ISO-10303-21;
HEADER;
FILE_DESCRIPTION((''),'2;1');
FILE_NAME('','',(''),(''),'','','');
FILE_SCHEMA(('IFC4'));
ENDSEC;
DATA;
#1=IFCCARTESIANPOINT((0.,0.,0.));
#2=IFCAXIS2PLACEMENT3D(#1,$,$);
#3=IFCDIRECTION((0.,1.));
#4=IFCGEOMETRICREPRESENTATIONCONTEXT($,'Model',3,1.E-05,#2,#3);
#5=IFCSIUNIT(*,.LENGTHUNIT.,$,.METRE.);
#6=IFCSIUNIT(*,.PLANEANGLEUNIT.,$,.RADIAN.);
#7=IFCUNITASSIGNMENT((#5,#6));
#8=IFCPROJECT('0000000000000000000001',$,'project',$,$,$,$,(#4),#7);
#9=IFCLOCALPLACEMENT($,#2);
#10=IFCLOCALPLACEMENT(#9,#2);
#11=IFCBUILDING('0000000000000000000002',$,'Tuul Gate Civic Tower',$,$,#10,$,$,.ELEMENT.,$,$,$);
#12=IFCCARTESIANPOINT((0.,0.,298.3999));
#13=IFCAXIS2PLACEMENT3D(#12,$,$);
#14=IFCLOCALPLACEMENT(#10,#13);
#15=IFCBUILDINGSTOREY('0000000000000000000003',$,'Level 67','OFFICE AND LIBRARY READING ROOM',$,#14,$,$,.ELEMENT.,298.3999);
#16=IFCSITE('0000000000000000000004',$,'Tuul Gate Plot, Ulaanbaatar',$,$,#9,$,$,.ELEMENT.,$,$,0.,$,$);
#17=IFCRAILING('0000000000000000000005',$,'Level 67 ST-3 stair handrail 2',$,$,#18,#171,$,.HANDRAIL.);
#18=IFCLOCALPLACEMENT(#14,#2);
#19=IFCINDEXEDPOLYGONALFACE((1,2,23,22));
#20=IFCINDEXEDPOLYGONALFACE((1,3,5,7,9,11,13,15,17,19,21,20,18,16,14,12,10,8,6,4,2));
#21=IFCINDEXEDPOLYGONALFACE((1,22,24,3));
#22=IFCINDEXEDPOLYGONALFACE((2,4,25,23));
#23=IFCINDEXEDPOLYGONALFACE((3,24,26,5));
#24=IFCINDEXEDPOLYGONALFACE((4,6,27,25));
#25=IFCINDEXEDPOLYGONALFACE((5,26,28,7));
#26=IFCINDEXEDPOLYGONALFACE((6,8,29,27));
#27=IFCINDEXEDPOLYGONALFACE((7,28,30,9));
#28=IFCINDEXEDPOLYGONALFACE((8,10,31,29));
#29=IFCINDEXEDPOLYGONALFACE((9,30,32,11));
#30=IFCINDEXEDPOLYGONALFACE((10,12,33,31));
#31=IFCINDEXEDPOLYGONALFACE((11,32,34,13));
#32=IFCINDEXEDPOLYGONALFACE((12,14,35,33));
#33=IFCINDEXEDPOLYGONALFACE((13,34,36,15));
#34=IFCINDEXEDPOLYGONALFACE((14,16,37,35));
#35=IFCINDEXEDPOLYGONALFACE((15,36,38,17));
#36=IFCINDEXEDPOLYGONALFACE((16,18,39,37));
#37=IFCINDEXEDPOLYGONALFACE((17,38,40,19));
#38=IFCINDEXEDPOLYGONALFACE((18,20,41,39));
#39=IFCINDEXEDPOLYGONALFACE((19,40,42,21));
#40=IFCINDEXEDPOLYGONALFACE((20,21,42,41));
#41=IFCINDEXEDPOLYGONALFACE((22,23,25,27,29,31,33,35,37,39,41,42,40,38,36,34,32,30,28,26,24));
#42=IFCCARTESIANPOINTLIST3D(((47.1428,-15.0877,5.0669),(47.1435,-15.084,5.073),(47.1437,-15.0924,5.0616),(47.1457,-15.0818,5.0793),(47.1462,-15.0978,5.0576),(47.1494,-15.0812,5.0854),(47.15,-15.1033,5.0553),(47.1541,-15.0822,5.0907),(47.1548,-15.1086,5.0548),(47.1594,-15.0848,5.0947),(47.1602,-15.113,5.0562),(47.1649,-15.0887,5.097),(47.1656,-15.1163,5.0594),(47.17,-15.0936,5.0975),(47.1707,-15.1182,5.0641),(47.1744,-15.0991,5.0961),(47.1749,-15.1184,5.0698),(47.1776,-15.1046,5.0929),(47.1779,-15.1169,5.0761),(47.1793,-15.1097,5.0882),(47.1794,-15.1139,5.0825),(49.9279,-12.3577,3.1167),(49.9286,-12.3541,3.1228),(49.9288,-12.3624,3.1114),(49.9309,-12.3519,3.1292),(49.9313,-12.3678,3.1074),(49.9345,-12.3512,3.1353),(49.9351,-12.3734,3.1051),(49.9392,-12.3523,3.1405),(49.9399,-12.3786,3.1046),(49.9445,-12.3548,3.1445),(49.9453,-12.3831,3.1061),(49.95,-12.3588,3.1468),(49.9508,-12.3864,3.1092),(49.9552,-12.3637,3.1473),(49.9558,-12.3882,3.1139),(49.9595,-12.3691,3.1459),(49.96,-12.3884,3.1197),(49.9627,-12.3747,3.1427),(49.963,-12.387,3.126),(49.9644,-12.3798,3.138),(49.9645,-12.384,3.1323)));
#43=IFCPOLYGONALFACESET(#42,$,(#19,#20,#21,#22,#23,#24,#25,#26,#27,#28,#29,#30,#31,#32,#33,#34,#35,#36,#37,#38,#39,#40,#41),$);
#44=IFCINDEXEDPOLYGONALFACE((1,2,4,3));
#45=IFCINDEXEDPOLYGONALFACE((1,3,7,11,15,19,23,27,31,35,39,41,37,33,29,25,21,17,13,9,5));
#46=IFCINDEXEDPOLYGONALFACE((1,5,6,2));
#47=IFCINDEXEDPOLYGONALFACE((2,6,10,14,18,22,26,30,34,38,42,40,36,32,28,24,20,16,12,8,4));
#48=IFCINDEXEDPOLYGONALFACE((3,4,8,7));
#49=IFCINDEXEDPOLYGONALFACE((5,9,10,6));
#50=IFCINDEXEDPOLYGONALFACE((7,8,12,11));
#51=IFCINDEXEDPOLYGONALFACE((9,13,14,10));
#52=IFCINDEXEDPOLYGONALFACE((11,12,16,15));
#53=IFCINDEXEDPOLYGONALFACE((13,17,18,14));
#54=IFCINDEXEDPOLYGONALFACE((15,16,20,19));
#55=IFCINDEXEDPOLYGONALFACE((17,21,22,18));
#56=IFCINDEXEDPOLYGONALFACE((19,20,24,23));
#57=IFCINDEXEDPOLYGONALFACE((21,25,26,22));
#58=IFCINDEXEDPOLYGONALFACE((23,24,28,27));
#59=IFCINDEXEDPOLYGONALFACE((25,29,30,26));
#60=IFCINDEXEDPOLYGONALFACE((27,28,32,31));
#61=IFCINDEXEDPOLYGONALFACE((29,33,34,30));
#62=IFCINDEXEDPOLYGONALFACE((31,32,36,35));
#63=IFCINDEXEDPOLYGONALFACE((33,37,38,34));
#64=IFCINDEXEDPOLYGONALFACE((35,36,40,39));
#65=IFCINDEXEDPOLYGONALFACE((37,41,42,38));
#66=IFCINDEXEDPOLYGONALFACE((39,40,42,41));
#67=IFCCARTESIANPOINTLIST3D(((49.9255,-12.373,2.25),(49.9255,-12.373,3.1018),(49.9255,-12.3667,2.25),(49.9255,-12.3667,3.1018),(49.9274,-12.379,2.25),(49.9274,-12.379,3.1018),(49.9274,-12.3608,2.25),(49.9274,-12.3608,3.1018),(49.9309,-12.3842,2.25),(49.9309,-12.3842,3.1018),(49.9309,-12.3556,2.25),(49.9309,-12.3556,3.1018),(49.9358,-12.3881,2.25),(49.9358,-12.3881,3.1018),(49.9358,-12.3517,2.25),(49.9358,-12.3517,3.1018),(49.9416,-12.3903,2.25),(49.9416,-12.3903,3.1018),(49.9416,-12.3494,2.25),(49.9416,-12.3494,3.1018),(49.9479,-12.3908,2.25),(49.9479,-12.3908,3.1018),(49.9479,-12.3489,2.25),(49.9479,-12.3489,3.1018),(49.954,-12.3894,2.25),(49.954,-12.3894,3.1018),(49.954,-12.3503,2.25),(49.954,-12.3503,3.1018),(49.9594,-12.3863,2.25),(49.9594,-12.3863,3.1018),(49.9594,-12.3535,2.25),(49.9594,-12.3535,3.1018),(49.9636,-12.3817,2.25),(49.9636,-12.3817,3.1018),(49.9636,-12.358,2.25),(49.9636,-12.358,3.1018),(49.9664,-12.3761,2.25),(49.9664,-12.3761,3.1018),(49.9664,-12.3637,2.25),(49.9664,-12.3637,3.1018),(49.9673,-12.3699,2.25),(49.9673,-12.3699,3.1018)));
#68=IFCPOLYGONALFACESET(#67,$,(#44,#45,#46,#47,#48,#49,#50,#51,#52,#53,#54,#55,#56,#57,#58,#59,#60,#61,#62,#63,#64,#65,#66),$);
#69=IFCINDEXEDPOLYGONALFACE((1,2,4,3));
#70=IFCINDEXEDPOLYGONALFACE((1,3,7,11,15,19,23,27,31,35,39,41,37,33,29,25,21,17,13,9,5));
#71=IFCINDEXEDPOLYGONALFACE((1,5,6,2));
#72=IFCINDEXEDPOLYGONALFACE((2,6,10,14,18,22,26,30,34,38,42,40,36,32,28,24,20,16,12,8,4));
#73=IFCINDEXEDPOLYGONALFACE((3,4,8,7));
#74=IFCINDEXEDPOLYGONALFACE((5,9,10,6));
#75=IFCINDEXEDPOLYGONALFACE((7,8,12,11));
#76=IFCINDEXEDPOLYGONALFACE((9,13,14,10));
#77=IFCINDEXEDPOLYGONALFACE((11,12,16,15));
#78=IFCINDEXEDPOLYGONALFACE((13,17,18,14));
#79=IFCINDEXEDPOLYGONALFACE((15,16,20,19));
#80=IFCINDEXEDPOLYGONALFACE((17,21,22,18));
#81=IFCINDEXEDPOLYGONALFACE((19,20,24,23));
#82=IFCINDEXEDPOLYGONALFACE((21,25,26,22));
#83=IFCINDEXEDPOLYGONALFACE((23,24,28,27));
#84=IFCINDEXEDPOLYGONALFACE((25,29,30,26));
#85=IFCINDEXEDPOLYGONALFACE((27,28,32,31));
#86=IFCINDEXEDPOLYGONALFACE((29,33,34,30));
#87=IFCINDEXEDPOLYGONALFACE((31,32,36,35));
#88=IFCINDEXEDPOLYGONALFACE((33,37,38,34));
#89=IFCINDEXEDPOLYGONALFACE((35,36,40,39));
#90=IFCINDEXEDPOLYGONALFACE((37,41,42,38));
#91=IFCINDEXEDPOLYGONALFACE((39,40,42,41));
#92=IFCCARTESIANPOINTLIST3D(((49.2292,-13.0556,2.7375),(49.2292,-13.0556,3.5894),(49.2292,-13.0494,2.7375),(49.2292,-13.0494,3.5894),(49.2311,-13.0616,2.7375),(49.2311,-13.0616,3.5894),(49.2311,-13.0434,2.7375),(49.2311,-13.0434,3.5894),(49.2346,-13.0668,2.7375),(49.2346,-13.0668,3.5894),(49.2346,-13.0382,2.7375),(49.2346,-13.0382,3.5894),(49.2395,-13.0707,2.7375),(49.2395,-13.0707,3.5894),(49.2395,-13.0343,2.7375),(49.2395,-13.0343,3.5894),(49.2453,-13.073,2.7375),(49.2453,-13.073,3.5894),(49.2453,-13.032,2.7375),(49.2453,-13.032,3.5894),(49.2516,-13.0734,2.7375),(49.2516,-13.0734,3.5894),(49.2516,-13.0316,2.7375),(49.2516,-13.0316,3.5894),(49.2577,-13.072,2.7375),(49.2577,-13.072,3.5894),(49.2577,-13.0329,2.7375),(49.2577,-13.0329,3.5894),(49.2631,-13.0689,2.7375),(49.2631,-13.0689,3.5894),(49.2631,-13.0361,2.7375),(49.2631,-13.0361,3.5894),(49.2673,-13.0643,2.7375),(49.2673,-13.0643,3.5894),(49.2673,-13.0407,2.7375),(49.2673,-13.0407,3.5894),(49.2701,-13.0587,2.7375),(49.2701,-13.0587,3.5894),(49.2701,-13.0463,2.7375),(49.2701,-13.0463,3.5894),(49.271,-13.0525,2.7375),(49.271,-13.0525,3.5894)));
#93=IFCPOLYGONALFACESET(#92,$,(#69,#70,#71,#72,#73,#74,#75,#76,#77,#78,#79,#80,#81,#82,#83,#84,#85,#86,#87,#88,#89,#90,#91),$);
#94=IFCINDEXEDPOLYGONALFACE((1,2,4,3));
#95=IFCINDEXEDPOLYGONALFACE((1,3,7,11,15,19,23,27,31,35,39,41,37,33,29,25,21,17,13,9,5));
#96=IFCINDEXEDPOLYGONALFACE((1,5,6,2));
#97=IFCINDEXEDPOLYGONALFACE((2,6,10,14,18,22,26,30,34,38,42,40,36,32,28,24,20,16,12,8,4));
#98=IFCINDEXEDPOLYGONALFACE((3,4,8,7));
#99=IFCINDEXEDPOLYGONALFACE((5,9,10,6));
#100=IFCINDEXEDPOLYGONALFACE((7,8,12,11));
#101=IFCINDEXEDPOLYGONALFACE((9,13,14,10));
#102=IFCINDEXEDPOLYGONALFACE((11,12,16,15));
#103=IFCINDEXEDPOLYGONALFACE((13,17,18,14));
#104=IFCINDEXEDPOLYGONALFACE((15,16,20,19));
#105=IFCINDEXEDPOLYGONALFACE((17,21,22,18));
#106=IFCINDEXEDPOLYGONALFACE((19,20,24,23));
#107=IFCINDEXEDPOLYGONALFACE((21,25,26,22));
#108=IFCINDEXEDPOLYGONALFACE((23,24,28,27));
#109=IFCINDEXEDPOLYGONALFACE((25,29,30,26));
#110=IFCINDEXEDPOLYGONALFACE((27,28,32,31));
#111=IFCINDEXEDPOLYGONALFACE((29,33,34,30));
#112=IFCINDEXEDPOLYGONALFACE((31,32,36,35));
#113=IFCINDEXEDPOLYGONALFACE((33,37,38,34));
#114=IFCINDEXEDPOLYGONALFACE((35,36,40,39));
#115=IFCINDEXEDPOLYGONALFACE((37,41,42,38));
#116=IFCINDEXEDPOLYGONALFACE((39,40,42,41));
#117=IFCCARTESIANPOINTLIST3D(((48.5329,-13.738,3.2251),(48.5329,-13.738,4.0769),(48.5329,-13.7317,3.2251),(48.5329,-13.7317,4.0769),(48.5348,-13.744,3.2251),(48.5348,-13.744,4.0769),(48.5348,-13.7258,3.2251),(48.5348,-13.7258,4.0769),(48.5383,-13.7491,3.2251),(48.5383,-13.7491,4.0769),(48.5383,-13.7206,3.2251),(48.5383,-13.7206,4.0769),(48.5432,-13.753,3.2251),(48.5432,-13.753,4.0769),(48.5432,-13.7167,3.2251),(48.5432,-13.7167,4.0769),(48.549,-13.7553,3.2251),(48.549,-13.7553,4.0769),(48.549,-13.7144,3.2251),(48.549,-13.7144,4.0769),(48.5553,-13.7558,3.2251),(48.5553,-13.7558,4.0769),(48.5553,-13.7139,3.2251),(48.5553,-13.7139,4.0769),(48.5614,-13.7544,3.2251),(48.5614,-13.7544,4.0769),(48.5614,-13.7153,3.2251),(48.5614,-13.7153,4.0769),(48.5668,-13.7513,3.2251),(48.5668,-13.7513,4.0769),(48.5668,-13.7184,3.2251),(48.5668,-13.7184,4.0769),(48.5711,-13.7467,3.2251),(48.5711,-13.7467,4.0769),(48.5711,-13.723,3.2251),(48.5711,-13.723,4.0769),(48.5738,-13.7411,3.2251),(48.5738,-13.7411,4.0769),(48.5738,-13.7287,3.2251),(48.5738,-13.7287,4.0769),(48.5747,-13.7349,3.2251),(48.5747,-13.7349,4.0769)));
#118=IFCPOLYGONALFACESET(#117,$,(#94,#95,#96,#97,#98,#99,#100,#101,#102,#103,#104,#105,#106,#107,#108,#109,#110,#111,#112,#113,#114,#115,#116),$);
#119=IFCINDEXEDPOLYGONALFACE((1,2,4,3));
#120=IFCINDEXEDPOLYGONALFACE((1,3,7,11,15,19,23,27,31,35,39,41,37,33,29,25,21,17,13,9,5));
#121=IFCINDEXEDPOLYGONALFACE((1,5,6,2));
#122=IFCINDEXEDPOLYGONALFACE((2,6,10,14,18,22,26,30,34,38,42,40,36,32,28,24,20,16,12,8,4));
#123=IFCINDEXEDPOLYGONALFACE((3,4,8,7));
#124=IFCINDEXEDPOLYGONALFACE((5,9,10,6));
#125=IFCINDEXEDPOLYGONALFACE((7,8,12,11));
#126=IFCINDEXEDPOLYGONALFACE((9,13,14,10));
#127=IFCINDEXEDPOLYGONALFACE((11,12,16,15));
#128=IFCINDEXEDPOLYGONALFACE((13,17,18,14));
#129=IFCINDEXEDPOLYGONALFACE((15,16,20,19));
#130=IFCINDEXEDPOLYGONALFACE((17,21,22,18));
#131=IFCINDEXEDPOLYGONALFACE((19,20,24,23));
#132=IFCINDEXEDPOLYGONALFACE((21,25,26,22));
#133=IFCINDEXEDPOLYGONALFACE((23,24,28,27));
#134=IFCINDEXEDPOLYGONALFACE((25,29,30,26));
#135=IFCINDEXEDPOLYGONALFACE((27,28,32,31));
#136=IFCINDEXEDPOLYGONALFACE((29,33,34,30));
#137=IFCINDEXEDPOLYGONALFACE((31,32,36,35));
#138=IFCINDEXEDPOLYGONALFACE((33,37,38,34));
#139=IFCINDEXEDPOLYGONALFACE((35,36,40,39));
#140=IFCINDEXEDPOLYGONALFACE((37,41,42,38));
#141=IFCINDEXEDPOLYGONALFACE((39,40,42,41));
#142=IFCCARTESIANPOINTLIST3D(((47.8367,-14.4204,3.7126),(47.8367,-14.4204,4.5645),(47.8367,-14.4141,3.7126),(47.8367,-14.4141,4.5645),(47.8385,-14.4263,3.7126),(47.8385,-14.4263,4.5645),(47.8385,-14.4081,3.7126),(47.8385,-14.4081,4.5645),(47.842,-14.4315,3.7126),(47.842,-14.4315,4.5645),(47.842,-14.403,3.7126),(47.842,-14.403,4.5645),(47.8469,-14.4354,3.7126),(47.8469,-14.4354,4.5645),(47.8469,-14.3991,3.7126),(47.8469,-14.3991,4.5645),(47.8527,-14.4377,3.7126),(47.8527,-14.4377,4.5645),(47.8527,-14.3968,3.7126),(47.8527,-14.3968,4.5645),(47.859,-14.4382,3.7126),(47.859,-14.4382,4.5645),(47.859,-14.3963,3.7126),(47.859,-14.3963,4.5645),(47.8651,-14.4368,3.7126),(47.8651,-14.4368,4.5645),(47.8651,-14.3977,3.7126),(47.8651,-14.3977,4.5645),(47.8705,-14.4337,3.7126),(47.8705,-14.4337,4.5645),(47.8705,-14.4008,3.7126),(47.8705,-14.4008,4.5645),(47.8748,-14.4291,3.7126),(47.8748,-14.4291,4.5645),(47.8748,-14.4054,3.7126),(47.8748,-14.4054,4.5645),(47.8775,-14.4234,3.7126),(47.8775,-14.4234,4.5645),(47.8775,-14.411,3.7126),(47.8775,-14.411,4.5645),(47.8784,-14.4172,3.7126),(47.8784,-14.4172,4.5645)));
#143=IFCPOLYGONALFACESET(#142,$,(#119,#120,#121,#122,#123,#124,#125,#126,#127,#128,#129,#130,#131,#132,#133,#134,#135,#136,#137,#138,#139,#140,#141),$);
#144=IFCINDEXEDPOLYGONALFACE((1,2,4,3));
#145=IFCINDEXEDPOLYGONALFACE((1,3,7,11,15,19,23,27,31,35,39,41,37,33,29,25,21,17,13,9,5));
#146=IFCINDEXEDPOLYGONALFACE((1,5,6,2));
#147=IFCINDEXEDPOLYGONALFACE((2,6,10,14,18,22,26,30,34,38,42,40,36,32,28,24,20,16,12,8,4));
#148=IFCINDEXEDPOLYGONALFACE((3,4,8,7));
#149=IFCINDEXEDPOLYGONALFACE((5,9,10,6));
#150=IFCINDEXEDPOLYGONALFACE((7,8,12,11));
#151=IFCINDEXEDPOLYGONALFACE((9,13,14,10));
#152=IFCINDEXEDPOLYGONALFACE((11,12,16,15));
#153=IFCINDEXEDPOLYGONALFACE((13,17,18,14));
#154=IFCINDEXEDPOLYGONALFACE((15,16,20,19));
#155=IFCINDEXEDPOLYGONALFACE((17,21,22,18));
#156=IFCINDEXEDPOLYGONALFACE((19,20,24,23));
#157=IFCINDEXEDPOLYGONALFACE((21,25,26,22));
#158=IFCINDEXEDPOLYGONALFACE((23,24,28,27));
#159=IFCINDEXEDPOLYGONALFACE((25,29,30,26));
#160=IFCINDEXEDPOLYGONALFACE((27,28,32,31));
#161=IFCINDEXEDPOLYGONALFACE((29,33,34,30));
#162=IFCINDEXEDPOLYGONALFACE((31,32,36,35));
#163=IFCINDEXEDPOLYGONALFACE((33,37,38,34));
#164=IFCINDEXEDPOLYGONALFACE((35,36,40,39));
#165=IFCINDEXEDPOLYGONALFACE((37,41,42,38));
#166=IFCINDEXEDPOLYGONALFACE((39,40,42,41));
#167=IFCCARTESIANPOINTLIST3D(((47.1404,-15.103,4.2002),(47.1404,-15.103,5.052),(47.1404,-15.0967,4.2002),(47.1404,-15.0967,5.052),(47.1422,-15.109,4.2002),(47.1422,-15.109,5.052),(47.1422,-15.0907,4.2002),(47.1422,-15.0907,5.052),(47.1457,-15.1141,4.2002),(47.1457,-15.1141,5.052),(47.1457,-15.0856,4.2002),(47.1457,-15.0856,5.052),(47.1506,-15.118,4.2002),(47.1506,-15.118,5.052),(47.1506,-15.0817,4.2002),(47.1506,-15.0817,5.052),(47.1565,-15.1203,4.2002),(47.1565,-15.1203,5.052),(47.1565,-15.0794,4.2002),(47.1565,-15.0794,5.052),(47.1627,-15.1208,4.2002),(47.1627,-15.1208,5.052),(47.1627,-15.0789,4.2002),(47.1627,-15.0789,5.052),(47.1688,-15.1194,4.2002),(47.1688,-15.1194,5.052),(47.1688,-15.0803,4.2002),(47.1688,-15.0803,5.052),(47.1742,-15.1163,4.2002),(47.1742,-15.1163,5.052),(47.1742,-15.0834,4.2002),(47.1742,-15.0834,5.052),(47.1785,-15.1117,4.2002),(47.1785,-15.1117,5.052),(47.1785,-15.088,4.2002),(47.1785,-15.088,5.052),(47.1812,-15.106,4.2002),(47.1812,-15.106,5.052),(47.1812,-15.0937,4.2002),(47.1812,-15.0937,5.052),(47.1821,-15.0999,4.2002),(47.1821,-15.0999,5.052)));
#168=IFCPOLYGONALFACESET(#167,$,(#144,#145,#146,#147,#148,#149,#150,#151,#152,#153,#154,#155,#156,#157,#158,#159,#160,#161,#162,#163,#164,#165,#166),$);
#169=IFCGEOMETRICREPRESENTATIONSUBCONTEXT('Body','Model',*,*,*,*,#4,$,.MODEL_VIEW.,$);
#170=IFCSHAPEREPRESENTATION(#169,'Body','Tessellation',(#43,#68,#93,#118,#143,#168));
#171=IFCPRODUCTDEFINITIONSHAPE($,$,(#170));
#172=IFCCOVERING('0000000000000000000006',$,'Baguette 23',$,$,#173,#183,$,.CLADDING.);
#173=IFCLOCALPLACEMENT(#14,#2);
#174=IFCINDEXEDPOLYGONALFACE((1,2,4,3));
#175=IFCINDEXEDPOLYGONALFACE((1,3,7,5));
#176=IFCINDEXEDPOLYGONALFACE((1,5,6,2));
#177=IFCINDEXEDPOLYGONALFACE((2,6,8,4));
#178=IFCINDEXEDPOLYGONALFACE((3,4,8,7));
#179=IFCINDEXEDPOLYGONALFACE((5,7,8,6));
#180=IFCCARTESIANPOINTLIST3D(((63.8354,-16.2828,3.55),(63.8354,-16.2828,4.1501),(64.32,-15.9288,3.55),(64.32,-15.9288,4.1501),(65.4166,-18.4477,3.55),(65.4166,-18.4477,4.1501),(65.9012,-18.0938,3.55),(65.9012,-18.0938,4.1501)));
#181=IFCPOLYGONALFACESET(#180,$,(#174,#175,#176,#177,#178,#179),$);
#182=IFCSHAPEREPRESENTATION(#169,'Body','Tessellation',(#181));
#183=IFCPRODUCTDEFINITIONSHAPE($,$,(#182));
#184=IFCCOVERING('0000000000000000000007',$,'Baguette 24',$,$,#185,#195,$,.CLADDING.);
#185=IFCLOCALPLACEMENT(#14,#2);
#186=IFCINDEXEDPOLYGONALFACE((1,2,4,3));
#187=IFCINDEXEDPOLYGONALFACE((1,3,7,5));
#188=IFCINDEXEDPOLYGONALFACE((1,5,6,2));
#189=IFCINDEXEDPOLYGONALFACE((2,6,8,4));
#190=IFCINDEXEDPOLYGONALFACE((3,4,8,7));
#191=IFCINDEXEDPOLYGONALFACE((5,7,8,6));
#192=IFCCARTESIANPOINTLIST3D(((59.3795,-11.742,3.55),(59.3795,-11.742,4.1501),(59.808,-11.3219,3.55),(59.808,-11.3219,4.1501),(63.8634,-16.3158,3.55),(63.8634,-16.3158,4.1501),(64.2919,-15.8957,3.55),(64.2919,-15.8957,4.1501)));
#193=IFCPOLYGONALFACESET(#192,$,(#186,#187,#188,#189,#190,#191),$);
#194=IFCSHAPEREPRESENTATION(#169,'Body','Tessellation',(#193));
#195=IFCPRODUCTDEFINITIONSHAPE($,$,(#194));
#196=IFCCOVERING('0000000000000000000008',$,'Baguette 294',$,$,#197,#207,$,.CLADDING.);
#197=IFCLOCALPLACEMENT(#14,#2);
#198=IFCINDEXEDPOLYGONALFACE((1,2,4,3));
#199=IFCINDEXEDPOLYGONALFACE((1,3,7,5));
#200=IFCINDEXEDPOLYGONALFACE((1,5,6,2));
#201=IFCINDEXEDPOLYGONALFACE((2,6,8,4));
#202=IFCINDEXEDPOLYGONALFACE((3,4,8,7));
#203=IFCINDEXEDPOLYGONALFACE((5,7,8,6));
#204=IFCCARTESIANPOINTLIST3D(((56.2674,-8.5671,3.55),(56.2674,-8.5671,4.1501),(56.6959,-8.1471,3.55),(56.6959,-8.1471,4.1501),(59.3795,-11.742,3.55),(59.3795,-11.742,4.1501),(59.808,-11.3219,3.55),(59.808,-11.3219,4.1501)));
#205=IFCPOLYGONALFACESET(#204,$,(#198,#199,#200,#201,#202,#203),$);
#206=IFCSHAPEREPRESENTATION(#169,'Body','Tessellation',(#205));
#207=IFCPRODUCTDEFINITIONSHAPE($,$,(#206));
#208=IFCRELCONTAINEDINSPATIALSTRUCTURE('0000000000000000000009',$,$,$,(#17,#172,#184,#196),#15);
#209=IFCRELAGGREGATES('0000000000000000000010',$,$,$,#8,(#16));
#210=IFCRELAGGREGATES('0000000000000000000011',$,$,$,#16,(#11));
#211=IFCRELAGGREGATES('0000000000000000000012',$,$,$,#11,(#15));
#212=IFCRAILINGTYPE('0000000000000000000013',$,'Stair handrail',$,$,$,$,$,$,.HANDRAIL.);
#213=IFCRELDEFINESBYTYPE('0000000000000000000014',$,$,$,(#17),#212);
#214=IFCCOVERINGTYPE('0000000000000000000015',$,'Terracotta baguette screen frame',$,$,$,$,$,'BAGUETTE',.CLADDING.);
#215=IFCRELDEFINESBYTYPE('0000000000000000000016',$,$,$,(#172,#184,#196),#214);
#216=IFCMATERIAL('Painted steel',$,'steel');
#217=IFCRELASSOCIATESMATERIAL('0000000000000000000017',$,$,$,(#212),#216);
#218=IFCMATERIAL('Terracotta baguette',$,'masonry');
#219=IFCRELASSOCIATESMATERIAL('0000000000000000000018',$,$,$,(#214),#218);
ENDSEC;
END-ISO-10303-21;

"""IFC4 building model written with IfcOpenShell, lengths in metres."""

from ifc_helpers import new_model, si_unit, direction, frame, origin, origin_2d, place, context, subcontext, project, spatial, rectangle, circle, extrude, material, material_profile, profile_set, type_object, element, save


model = new_model("IFC4")

# Units and contexts
model_context = context("Model", 3, precision=1e-05, world=origin(), true_north=direction((0.0, 1.0)))
body_context = subcontext(model_context, "Body", "Model", "MODEL_VIEW")
ifc_project = project(units=[si_unit("LENGTHUNIT", "METRE"), si_unit("PLANEANGLEUNIT", "RADIAN")], contexts=[model_context])

# Site, building, storey
site_placement = place(None, origin())
site = spatial("IfcSite", under=ifc_project, at=site_placement, Name="Tuul Gate Plot, Ulaanbaatar", CompositionType="ELEMENT", RefElevation=0.0)
building_placement = place(site_placement, origin())
building = spatial("IfcBuilding", under=site, at=building_placement, Name="Tuul Gate Civic Tower", CompositionType="ELEMENT")
storey_placement = place(building_placement, frame((0.0, 0.0, 298.3999)))
storey = spatial("IfcBuildingStorey", under=building, at=storey_placement, Name="Level 67", Description="OFFICE AND LIBRARY READING ROOM", CompositionType="ELEMENT", Elevation=298.3999)

# Railing
ifc_material_1 = material(Name="Painted steel", Category="steel")
railing_type = type_object("IfcRailingType", Name="Stair handrail", PredefinedType="HANDRAIL", material=ifc_material_1)
railing_1_placement = place(storey_placement, frame((49.9463, -12.3699, 2.25)))
element("IfcRailing", 1, at=railing_1_placement, inside=storey, type_object=railing_type, Name="Level 67 ST-3 stair handrail 2", PredefinedType="HANDRAIL", context=body_context, shape_type="SweptSolid", body=[
    extrude(circle(Radius=0.0239, at=origin_2d()), frame((0.0, 0.0, 0.876), z_axis=(-0.638738, -0.626084, 0.447251), x_axis=(0.699998, -0.714145, 0.0)), (0.0, 0.0, 1.0), 4.3604),
    extrude(circle(Radius=0.021, at=origin_2d()), origin(), (0.0, 0.0, 1.0), 0.8518),
    extrude(circle(Radius=0.021, at=origin_2d()), frame((-0.6963, -0.6826, 0.4875)), (0.0, 0.0, 1.0), 0.8518),
    extrude(circle(Radius=0.021, at=origin_2d()), frame((-1.3926, -1.365, 0.9751)), (0.0, 0.0, 1.0), 0.8518),
    extrude(circle(Radius=0.021, at=origin_2d()), frame((-2.0889, -2.0474, 1.4626)), (0.0, 0.0, 1.0), 0.8518),
    extrude(circle(Radius=0.021, at=origin_2d()), frame((-2.7852, -2.73, 1.9502)), (0.0, 0.0, 1.0), 0.8518),
])

# Coverings
ifc_material_2 = material(Name="Terracotta baguette", Category="masonry")
ifc_material_profile_1 = material_profile(ifc_material_2, rectangle(XDim=0.6001, YDim=0.6001, at=origin_2d()), Name="Terracotta baguette screen frame")
ifc_profile_set_1 = profile_set([ifc_material_profile_1], Name="Terracotta baguette")
covering_type = type_object("IfcCoveringType", Name="Terracotta baguette screen frame", ElementType="BAGUETTE", PredefinedType="CLADDING", material=ifc_profile_set_1)
covering_1_placement = place(storey_placement, frame((65.6589, -18.2708, 3.8501), z_axis=(-0.589811, 0.807541, 0.0), x_axis=(-0.807541, -0.589811, 0.0)))
element("IfcCovering", 2, at=covering_1_placement, inside=storey, type_object=covering_type, Name="Baguette 23", PredefinedType="CLADDING", context=body_context, shape_type="SweptSolid", body=[
    extrude(rectangle(XDim=0.6001, YDim=0.6001, at=origin_2d()), origin(), (0.0, 0.0, 1.0), 2.6809),
])
covering_2_placement = place(storey_placement, frame((64.0776, -16.1057, 3.8501), z_axis=(-0.700058, 0.714086, 0.0), x_axis=(-0.714086, -0.700058, 0.0)))
element("IfcCovering", 3, at=covering_2_placement, inside=storey, type_object=covering_type, Name="Baguette 24", PredefinedType="CLADDING", context=body_context, shape_type="SweptSolid", body=[
    extrude(rectangle(XDim=0.6001, YDim=0.6001, at=origin_2d()), origin(), (0.0, 0.0, 1.0), 6.405),
])
covering_3_placement = place(storey_placement, frame((59.5938, -11.532, 3.8501), z_axis=(-0.700015, 0.714128, 0.0), x_axis=(-0.714128, -0.700015, 0.0)))
element("IfcCovering", 4, at=covering_3_placement, inside=storey, type_object=covering_type, Name="Baguette 294", PredefinedType="CLADDING", context=body_context, shape_type="SweptSolid", body=[
    extrude(rectangle(XDim=0.6001, YDim=0.6001, at=origin_2d()), origin(), (0.0, 0.0, 1.0), 4.4458),
])

save(model, "model.ifc")
